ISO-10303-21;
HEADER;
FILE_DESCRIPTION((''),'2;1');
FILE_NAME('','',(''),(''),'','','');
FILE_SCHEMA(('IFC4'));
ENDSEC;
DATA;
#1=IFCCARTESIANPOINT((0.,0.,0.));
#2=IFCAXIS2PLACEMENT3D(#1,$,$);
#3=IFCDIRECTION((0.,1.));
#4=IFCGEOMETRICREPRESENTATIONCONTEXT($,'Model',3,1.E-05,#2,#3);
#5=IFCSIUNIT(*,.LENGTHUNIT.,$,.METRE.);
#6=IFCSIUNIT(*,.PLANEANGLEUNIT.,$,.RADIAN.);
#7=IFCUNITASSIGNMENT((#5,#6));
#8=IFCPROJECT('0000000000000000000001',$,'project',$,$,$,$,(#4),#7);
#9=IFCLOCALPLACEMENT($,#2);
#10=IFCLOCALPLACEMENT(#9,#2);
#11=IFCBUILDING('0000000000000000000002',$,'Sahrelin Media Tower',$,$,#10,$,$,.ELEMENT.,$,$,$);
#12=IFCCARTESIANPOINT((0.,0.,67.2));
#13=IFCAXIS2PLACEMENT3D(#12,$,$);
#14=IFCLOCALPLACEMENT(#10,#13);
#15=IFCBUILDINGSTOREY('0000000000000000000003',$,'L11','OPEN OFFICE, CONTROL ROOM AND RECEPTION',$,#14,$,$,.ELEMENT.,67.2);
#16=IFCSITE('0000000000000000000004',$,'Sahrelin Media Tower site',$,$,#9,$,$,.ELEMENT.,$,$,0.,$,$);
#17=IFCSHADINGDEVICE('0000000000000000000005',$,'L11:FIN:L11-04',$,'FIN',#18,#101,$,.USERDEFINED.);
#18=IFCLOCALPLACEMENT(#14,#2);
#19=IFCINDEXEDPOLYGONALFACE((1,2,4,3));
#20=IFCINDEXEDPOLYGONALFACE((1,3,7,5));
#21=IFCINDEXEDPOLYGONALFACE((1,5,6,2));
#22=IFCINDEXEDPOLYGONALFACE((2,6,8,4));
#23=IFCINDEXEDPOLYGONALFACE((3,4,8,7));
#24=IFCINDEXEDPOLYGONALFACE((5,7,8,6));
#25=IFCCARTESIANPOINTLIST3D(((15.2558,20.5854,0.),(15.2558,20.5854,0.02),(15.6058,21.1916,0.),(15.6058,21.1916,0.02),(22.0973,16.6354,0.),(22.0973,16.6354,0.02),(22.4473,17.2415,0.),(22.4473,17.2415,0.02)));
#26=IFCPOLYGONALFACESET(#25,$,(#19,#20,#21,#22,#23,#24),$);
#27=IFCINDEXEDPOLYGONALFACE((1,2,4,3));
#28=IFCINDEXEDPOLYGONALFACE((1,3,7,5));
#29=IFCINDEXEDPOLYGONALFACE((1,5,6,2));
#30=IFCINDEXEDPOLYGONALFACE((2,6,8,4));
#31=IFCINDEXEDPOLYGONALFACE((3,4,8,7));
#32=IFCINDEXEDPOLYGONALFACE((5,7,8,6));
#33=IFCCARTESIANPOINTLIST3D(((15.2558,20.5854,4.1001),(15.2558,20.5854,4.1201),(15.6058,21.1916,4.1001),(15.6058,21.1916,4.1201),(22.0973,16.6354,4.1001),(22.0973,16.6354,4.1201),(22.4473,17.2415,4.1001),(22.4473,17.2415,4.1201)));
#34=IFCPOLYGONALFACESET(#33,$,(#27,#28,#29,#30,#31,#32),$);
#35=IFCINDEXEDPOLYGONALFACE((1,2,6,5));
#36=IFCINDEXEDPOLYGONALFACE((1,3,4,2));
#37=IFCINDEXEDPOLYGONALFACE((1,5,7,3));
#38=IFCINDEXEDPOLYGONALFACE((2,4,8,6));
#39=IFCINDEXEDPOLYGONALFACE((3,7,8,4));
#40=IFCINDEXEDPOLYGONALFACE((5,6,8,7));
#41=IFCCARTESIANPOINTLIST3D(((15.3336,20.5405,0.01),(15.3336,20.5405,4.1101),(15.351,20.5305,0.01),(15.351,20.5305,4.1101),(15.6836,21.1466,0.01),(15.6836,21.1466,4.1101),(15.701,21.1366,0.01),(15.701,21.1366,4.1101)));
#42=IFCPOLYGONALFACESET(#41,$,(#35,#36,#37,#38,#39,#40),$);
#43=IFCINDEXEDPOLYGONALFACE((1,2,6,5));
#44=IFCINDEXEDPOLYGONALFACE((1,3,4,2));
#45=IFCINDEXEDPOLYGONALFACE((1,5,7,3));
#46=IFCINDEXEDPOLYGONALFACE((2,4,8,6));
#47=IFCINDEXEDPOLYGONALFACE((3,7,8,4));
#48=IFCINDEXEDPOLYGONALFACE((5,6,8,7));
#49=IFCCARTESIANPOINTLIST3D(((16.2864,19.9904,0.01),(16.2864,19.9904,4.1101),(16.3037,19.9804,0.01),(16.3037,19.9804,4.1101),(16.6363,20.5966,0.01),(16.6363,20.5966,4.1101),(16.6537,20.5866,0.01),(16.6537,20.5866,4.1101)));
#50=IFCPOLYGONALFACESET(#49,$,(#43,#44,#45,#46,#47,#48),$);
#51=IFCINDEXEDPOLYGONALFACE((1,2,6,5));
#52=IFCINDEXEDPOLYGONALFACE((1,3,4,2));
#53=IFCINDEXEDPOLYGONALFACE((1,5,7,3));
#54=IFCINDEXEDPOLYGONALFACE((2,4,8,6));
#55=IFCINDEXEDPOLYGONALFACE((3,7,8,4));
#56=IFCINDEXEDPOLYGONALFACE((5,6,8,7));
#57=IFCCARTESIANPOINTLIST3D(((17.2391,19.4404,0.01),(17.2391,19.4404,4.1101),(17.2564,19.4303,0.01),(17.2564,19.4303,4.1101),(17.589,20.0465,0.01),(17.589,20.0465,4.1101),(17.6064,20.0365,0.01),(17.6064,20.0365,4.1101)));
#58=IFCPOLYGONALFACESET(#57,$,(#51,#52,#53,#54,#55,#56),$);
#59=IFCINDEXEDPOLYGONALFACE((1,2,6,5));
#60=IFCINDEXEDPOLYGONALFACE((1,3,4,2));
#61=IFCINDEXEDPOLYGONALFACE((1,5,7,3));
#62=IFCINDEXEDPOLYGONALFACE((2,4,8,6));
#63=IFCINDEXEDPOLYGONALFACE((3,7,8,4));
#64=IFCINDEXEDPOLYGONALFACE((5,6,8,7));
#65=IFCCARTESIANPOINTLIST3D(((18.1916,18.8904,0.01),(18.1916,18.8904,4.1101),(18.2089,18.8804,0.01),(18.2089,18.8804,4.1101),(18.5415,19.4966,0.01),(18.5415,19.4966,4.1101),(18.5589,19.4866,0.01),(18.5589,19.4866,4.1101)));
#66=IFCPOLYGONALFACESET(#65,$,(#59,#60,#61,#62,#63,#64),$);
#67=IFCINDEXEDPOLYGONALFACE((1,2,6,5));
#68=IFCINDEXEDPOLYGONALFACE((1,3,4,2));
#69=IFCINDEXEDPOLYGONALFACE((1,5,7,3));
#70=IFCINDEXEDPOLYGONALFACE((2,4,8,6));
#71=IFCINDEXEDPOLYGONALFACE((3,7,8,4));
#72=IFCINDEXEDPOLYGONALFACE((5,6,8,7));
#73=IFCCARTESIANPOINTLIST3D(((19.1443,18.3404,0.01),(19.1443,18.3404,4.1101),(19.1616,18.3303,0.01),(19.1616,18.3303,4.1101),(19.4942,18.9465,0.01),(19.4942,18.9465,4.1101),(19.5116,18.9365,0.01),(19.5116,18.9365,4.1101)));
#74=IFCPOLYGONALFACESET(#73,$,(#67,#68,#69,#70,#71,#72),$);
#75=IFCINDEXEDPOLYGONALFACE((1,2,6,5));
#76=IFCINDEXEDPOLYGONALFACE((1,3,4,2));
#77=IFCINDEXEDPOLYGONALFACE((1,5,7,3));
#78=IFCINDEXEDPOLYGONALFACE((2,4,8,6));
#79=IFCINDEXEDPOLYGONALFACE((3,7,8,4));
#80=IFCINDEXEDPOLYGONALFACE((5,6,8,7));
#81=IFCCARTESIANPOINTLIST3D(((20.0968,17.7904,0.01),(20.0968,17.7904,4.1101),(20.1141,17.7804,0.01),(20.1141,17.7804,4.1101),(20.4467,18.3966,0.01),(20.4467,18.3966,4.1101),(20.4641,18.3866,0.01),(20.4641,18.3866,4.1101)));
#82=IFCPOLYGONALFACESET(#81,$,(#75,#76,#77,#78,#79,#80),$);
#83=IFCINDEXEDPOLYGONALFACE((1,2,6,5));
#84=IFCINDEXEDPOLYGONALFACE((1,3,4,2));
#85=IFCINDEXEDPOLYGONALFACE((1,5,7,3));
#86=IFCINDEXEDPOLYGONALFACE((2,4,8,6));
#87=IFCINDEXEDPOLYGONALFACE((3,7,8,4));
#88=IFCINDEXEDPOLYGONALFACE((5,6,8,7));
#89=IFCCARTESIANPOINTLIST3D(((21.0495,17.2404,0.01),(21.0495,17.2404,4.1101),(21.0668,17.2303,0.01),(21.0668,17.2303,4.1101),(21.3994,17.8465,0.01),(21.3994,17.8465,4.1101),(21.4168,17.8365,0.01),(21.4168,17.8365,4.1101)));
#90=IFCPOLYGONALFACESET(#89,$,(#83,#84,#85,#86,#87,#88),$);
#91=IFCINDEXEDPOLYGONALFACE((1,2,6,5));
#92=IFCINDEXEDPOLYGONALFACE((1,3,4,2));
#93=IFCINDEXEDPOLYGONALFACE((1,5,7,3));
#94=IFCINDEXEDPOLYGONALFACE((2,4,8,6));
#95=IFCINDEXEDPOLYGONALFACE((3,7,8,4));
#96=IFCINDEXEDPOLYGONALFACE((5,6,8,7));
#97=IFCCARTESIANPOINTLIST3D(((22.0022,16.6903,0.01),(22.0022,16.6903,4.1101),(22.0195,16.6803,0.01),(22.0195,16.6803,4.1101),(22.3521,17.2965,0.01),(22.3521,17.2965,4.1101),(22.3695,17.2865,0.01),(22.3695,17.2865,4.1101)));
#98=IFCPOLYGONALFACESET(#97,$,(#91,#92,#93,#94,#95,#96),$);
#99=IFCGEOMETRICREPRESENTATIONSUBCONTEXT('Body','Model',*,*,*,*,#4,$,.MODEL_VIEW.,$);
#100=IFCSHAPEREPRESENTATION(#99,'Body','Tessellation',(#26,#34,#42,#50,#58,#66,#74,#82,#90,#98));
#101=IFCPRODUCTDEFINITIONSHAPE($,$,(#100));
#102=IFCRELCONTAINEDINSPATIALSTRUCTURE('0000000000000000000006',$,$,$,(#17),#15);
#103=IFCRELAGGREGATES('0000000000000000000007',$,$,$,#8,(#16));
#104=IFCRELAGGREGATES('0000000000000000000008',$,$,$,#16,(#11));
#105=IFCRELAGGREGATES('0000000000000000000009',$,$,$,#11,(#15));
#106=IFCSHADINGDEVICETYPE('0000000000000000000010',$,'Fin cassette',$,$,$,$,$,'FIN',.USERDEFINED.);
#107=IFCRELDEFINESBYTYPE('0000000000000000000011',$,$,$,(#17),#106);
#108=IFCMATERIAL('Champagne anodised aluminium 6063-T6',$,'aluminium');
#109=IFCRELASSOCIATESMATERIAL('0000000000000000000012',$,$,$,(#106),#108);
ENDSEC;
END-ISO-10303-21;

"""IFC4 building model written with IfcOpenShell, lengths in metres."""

from ifc_helpers import new_model, si_unit, direction, frame, origin, origin_2d, place, context, subcontext, project, spatial, rectangle, extrude, material, type_object, element, save


model = new_model("IFC4")

# Units and contexts
model_context = context("Model", 3, precision=1e-05, world=origin(), true_north=direction((0.0, 1.0)))
body_context = subcontext(model_context, "Body", "Model", "MODEL_VIEW")
ifc_project = project(units=[si_unit("LENGTHUNIT", "METRE"), si_unit("PLANEANGLEUNIT", "RADIAN")], contexts=[model_context])

# Site, building, storey
site_placement = place(None, origin())
site = spatial("IfcSite", under=ifc_project, at=site_placement, Name="Sahrelin Media Tower site", CompositionType="ELEMENT", RefElevation=0.0)
building_placement = place(site_placement, origin())
building = spatial("IfcBuilding", under=site, at=building_placement, Name="Sahrelin Media Tower", CompositionType="ELEMENT")
storey_placement = place(building_placement, frame((0.0, 0.0, 67.2)))
storey = spatial("IfcBuildingStorey", under=building, at=storey_placement, Name="L11", Description="OPEN OFFICE, CONTROL ROOM AND RECEPTION", CompositionType="ELEMENT", Elevation=67.2)

# Shared definitions
ifc_material_1 = material(Name="Champagne anodised aluminium 6063-T6", Category="aluminium")

# Shading device
shading_device_type_1 = type_object("IfcShadingDeviceType", Name="Fin cassette", ElementType="FIN", PredefinedType="USERDEFINED", material=ifc_material_1)
placement = place(storey_placement, frame((18.6416, 18.5498, 0.0), z_axis=(0.0, 0.0, 1.0), x_axis=(0.866019, -0.500011, 0.0)))
element("IfcShadingDevice", 1, at=placement, inside=storey, type_object=shading_device_type_1, Name="L11:FIN:L11-04", ObjectType="FIN", PredefinedType="USERDEFINED", context=body_context, shape_type="SweptSolid", body=[
    extrude(rectangle(XDim=7.8999, YDim=0.7, at=origin_2d()), frame((0.0, 0.4199, 0.0)), (0.0, 0.0, 1.0), 0.02),
    extrude(rectangle(XDim=7.8999, YDim=0.7, at=origin_2d()), frame((0.0, 0.4199, 4.1001)), (0.0, 0.0, 1.0), 0.02),
    extrude(rectangle(XDim=0.02, YDim=0.7, at=origin_2d()), frame((-3.8501, 0.4199, 0.01), z_axis=(0.0, 0.0, 1.0), x_axis=(1.0, 0.0, 0.0)), (0.0, 0.0, 1.0), 4.1001),
    extrude(rectangle(XDim=0.02, YDim=0.7, at=origin_2d()), frame((-2.75, 0.4199, 0.01), z_axis=(0.0, 0.0, 1.0), x_axis=(1.0, 0.0, 0.0)), (0.0, 0.0, 1.0), 4.1001),
    extrude(rectangle(XDim=0.02, YDim=0.7, at=origin_2d()), frame((-1.6499, 0.4199, 0.01), z_axis=(0.0, 0.0, 1.0), x_axis=(1.0, 0.0, 0.0)), (0.0, 0.0, 1.0), 4.1001),
    extrude(rectangle(XDim=0.02, YDim=0.7, at=origin_2d()), frame((-0.55, 0.4199, 0.01), z_axis=(0.0, 0.0, 1.0), x_axis=(1.0, 0.0, 0.0)), (0.0, 0.0, 1.0), 4.1001),
    extrude(rectangle(XDim=0.02, YDim=0.7, at=origin_2d()), frame((0.55, 0.4199, 0.01), z_axis=(0.0, 0.0, 1.0), x_axis=(1.0, 0.0, 0.0)), (0.0, 0.0, 1.0), 4.1001),
    extrude(rectangle(XDim=0.02, YDim=0.7, at=origin_2d()), frame((1.6499, 0.4199, 0.01), z_axis=(0.0, 0.0, 1.0), x_axis=(1.0, 0.0, 0.0)), (0.0, 0.0, 1.0), 4.1001),
    extrude(rectangle(XDim=0.02, YDim=0.7, at=origin_2d()), frame((2.75, 0.4199, 0.01), z_axis=(0.0, 0.0, 1.0), x_axis=(1.0, 0.0, 0.0)), (0.0, 0.0, 1.0), 4.1001),
    extrude(rectangle(XDim=0.02, YDim=0.7, at=origin_2d()), frame((3.8501, 0.4199, 0.01), z_axis=(0.0, 0.0, 1.0), x_axis=(1.0, 0.0, 0.0)), (0.0, 0.0, 1.0), 4.1001),
])

save(model, "model.ifc")
